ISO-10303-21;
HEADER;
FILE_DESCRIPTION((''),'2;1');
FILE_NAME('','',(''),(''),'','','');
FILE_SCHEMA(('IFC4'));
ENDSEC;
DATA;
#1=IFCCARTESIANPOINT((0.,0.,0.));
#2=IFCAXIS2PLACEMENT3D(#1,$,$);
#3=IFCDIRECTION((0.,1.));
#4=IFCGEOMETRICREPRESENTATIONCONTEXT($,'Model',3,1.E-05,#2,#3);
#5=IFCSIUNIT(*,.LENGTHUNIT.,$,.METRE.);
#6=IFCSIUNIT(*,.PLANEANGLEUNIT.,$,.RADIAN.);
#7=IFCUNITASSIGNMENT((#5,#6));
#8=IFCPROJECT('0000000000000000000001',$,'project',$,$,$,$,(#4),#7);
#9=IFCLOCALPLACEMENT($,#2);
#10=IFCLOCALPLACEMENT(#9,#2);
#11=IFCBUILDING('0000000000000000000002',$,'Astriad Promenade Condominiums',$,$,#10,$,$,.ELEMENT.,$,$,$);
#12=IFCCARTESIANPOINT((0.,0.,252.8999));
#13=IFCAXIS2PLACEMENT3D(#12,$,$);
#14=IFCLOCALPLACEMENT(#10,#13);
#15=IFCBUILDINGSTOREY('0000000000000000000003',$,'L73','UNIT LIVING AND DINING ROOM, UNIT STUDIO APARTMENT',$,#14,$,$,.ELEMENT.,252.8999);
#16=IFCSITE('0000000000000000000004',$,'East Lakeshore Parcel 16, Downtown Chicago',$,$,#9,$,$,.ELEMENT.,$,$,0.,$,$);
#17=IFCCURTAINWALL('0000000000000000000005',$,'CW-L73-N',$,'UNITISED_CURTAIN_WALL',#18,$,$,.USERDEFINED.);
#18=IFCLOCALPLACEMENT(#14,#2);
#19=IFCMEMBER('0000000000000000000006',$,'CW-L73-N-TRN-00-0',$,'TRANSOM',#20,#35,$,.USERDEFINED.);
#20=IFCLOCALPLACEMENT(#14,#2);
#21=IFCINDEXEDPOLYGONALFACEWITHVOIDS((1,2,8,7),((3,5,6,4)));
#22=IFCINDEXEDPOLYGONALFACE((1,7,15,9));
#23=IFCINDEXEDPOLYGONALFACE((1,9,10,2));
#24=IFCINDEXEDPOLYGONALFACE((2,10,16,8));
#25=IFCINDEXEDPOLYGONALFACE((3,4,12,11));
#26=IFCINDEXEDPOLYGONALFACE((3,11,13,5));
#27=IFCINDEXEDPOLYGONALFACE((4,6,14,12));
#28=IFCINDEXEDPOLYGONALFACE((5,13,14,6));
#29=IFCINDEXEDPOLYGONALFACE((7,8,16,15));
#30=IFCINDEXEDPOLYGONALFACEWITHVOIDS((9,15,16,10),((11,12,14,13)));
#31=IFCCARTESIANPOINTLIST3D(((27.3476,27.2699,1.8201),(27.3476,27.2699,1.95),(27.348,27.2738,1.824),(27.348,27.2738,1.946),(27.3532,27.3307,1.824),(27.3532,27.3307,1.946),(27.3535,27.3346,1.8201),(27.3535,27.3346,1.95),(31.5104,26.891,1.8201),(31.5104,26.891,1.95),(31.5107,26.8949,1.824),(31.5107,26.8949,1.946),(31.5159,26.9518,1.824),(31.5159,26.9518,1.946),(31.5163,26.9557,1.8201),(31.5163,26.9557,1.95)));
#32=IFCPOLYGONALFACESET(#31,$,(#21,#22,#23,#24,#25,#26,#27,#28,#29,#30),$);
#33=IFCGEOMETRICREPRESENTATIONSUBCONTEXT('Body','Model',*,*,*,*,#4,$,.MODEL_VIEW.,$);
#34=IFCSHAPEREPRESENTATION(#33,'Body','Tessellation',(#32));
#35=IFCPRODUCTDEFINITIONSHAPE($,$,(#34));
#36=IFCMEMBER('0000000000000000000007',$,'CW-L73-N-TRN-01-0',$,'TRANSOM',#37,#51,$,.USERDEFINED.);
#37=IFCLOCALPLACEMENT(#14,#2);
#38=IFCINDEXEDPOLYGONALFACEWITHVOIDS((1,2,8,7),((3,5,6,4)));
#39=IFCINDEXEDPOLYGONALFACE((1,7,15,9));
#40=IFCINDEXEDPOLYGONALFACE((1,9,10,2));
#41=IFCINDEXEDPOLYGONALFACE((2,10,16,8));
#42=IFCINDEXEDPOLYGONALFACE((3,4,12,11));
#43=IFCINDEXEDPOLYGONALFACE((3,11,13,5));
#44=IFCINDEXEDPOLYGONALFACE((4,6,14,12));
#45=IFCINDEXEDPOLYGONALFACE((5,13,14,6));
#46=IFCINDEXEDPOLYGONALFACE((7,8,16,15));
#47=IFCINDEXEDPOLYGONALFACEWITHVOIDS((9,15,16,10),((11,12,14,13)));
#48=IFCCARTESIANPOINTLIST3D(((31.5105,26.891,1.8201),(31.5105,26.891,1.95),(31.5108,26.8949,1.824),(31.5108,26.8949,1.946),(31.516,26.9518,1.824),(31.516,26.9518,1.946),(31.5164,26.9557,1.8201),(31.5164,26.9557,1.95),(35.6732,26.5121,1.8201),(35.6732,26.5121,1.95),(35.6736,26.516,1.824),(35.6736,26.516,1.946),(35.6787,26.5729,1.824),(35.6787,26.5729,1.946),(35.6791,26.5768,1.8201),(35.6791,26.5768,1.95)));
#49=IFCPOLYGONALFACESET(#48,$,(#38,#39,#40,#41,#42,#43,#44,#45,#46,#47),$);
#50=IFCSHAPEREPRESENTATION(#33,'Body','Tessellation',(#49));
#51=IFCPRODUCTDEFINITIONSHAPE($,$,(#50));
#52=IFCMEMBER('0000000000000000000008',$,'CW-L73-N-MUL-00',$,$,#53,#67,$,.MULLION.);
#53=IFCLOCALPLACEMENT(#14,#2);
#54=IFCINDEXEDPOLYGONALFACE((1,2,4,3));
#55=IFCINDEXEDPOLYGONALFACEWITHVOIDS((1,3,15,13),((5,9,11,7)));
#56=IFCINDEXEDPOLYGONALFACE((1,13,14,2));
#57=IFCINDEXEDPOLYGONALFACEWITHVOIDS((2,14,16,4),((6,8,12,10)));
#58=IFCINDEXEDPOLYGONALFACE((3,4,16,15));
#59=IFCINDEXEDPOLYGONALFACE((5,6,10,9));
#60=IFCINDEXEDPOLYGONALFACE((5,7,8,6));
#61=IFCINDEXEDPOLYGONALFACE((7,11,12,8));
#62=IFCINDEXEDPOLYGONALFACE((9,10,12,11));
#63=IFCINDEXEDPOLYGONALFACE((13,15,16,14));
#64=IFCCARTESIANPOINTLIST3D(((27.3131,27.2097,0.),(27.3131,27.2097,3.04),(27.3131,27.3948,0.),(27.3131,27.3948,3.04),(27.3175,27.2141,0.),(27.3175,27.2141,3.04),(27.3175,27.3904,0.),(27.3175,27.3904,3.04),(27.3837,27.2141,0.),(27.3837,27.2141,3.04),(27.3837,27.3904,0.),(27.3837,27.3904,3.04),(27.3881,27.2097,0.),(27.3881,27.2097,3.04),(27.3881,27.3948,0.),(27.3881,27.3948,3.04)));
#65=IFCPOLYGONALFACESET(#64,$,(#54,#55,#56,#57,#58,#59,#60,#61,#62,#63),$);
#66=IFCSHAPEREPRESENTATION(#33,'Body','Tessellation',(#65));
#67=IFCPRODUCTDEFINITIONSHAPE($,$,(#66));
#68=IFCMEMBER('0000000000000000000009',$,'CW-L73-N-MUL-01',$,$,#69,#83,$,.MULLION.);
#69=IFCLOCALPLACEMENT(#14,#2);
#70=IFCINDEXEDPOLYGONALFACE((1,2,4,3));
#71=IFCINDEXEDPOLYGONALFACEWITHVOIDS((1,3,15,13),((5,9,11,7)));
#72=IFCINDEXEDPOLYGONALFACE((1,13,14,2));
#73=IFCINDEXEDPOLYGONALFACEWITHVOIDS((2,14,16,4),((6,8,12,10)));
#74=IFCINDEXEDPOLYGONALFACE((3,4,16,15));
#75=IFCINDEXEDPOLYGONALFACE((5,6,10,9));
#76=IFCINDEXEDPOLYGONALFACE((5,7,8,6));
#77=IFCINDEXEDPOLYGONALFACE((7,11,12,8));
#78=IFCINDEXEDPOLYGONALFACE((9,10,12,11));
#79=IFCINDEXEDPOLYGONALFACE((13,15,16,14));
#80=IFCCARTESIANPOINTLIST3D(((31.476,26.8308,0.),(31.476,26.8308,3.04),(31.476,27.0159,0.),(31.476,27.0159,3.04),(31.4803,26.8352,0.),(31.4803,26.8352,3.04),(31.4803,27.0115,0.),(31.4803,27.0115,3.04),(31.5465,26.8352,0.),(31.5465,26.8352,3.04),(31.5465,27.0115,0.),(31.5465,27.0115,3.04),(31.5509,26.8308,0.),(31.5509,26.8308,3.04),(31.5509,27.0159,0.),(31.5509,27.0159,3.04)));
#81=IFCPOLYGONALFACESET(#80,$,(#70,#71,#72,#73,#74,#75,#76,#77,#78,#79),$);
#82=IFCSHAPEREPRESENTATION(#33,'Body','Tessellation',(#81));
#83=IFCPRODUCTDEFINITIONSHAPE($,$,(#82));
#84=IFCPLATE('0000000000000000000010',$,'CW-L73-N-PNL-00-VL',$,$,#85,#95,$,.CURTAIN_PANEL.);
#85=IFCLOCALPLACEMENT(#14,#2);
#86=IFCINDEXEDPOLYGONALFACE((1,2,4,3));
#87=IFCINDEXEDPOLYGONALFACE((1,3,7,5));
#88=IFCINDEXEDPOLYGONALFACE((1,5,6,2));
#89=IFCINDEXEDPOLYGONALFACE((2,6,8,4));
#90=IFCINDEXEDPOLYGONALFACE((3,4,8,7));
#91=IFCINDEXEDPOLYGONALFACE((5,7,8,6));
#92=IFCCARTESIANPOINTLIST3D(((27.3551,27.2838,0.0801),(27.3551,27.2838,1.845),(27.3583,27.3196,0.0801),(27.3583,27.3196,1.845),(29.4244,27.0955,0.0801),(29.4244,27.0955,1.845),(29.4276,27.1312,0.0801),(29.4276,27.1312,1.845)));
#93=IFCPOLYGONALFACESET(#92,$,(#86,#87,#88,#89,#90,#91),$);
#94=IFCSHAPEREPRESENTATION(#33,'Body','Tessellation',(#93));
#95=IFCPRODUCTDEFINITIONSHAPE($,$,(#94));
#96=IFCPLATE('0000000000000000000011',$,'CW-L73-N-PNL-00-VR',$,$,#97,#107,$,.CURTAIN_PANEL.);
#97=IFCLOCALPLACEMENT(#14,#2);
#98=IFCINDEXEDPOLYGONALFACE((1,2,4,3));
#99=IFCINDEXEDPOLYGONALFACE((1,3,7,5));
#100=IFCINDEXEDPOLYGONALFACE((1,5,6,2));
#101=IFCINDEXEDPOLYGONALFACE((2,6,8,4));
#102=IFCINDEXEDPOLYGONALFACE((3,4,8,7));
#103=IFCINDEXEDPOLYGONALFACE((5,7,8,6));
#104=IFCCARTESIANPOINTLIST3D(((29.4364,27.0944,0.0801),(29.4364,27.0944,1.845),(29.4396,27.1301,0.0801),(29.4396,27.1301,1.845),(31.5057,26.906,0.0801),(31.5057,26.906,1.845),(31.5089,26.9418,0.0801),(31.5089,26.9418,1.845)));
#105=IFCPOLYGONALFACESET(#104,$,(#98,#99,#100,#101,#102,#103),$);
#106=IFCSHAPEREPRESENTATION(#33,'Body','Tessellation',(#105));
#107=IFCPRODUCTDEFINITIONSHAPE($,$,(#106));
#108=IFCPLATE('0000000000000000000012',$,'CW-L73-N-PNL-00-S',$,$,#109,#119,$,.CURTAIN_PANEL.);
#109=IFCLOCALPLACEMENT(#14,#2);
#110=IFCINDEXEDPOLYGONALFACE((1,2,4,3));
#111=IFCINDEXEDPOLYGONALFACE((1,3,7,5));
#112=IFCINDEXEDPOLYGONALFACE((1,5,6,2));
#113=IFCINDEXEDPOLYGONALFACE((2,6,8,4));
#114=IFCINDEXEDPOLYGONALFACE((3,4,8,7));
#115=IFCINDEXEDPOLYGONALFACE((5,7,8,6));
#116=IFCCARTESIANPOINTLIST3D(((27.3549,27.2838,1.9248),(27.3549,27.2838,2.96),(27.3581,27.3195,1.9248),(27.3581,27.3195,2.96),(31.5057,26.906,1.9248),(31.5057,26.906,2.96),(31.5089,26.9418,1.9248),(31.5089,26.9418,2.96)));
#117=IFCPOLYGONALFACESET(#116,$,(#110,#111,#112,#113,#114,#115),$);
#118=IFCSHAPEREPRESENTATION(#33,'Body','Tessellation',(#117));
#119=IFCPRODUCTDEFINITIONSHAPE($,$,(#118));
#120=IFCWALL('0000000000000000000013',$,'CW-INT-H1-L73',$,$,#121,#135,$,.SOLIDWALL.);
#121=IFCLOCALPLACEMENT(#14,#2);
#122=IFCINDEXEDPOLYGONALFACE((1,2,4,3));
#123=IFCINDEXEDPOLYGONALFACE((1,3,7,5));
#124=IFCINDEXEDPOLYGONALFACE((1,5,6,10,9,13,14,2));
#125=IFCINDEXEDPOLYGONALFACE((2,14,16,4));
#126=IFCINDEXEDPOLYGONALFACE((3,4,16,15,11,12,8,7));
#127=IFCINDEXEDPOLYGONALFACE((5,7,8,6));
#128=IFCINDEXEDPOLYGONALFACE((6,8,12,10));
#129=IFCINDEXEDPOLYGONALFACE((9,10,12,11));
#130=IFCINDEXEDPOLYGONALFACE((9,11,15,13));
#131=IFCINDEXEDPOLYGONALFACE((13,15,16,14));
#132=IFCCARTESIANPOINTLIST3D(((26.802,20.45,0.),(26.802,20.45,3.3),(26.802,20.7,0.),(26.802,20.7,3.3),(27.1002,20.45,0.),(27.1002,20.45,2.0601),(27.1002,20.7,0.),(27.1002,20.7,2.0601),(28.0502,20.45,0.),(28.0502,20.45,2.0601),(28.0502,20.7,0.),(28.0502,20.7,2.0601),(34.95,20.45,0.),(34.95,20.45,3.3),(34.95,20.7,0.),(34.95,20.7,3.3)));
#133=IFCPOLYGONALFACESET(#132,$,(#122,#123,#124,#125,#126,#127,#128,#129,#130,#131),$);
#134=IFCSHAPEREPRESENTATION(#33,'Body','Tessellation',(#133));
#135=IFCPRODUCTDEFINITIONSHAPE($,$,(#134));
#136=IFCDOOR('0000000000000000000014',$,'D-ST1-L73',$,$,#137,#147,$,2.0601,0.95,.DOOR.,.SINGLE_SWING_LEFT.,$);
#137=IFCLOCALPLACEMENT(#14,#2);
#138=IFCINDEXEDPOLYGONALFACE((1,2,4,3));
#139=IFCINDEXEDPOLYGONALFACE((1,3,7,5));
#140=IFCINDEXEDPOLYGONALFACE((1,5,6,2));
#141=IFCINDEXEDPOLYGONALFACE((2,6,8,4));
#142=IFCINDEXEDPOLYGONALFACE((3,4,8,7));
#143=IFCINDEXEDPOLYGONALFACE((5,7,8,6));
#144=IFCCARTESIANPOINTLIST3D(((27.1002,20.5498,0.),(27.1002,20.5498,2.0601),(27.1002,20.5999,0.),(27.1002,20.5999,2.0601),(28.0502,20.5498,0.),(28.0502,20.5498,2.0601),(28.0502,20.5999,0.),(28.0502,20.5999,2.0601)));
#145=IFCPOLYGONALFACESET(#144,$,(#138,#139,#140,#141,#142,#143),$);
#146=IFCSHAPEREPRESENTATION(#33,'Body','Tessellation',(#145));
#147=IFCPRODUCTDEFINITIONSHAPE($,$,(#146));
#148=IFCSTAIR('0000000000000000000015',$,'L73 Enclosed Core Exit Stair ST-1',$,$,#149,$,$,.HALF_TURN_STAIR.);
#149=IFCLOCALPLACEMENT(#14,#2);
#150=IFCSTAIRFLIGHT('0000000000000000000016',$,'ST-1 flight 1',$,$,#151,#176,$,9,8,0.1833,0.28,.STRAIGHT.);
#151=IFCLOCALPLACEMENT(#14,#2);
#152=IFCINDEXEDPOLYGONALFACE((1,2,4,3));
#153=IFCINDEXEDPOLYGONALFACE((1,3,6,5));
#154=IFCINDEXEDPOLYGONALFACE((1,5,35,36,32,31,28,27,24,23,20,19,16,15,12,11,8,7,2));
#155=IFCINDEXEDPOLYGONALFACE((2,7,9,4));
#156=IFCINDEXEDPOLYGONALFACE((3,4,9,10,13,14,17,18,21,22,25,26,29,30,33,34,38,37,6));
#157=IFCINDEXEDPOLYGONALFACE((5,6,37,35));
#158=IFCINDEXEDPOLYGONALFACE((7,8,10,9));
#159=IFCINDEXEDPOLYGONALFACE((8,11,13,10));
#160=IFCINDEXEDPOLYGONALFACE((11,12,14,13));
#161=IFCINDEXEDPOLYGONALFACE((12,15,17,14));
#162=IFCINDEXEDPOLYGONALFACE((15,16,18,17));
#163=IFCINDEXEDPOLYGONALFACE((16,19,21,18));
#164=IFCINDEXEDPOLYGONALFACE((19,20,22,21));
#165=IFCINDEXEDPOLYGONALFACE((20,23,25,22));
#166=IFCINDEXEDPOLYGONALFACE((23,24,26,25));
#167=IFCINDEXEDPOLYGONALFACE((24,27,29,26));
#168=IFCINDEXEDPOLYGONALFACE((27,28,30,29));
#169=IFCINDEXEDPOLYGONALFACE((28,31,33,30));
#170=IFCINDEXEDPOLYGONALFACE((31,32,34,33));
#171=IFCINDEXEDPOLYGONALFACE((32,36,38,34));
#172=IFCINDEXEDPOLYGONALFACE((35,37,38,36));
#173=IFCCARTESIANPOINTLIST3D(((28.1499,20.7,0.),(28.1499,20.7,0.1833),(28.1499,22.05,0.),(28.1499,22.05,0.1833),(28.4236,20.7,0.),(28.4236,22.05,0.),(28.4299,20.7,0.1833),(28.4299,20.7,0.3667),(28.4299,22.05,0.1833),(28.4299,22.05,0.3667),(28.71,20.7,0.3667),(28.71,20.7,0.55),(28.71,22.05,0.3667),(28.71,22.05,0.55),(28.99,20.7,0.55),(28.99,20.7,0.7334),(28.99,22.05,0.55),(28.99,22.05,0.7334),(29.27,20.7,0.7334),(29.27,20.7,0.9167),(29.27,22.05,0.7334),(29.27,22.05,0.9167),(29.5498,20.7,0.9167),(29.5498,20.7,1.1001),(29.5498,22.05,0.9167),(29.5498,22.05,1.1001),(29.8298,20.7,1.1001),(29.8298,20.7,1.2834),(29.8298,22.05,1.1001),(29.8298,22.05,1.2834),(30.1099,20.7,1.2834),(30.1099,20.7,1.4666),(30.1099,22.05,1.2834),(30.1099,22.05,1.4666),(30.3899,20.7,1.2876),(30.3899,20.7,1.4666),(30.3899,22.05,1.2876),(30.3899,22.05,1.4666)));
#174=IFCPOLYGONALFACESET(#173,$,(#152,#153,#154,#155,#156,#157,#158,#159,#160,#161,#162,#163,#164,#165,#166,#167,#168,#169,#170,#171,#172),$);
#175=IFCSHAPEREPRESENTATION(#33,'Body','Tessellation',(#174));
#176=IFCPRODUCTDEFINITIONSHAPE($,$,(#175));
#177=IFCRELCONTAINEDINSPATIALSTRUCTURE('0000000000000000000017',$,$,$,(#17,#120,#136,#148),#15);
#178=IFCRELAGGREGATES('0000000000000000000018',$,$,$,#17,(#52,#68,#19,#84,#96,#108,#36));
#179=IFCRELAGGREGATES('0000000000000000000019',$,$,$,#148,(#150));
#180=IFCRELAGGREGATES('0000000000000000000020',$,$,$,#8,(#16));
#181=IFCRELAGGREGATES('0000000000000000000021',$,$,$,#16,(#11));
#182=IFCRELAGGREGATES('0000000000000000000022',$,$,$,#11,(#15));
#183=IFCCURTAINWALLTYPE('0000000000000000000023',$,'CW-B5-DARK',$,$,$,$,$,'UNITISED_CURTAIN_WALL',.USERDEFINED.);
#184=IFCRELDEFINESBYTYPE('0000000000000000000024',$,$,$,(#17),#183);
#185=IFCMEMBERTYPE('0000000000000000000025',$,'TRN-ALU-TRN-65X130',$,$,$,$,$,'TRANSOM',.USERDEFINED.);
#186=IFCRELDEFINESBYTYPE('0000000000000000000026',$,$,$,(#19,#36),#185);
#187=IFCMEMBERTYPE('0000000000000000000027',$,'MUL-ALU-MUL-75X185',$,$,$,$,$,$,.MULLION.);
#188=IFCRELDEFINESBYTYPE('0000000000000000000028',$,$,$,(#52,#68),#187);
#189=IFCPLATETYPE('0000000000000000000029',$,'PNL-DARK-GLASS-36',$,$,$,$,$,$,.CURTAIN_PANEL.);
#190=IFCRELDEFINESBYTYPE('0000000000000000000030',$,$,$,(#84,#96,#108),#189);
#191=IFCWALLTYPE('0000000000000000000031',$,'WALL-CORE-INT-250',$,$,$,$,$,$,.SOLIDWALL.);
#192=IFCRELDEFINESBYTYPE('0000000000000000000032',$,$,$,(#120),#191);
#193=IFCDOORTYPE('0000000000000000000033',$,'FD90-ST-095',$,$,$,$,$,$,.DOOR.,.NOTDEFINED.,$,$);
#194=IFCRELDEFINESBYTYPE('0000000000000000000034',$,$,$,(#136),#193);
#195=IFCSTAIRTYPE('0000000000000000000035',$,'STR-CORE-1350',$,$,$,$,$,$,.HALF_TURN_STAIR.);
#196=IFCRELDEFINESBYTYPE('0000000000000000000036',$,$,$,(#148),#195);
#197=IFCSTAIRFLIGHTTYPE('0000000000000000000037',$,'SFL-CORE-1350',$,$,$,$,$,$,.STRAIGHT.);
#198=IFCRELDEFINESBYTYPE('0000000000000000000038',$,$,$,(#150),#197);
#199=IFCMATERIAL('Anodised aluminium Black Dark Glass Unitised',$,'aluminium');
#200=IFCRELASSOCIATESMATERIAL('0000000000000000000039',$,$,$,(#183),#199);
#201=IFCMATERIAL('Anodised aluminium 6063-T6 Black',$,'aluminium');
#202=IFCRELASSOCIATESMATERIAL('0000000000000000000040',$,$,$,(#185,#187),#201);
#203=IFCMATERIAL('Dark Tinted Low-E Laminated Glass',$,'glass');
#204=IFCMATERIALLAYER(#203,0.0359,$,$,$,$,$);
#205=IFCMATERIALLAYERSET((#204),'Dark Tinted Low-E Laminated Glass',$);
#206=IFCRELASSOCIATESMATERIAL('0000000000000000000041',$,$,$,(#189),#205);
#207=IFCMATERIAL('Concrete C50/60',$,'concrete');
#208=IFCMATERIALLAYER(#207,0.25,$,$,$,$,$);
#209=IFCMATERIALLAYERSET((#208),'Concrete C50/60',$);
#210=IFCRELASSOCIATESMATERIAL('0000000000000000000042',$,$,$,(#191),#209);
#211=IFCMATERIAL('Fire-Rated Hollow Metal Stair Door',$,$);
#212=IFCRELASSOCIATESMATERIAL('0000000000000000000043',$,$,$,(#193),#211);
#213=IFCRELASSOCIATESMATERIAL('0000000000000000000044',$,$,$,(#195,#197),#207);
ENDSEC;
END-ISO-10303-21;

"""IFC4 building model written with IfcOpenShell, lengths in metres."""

from ifc_helpers import new_model, si_unit, direction, frame, frame_2d, origin, origin_2d, place, context, subcontext, project, spatial, polyline, rectangle, hollow_rectangle, outline, extrude, source, transform, mapped, material, layer, layer_set, material_profile, profile_set, type_object, type_shapes, element, fill, aggregate, save


model = new_model("IFC4")

# Units and contexts
model_context = context("Model", 3, precision=1e-05, world=origin(), true_north=direction((0.0, 1.0)))
body_context = subcontext(model_context, "Body", "Model", "MODEL_VIEW")
ifc_project = project(units=[si_unit("LENGTHUNIT", "METRE"), si_unit("PLANEANGLEUNIT", "RADIAN")], contexts=[model_context])

# Site, building, storey
site_placement = place(None, origin())
site = spatial("IfcSite", under=ifc_project, at=site_placement, Name="East Lakeshore Parcel 16, Downtown Chicago", CompositionType="ELEMENT", RefElevation=0.0)
building_placement = place(site_placement, origin())
building = spatial("IfcBuilding", under=site, at=building_placement, Name="Astriad Promenade Condominiums", CompositionType="ELEMENT")
storey_placement = place(building_placement, frame((0.0, 0.0, 252.8999)))
storey = spatial("IfcBuildingStorey", under=building, at=storey_placement, Name="L73", Description="UNIT LIVING AND DINING ROOM, UNIT STUDIO APARTMENT", CompositionType="ELEMENT", Elevation=252.8999)

# Curtain wall, members, plates
ifc_material_1 = material(Name="Anodised aluminium Black Dark Glass Unitised", Category="aluminium")
curtain_wall_type = type_object("IfcCurtainWallType", Name="CW-B5-DARK", ElementType="UNITISED_CURTAIN_WALL", PredefinedType="USERDEFINED", material=ifc_material_1)
curtain_wall_placement = place(storey_placement, origin())
curtain_wall = element("IfcCurtainWall", 1, at=curtain_wall_placement, inside=storey, type_object=curtain_wall_type, Name="CW-L73-N", ObjectType="UNITISED_CURTAIN_WALL", PredefinedType="USERDEFINED")
ifc_material_2 = material(Name="Anodised aluminium 6063-T6 Black", Category="aluminium")
ifc_material_profile_1 = material_profile(ifc_material_2, hollow_rectangle(XDim=0.0649, YDim=0.1299, WallThickness=0.0039, at=origin_2d()), Name="ALU-TRN-65X130")
ifc_profile_set_1 = profile_set([ifc_material_profile_1], Name="Anodised aluminium 6063-T6 Black")
member_type_1 = type_object("IfcMemberType", Name="TRN-ALU-TRN-65X130", ElementType="TRANSOM", PredefinedType="USERDEFINED", material=ifc_profile_set_1)
shared_shape_1 = source(origin(), body_context, "Body", "SweptSolid", [
    extrude(hollow_rectangle(XDim=0.0649, YDim=0.1299, WallThickness=0.0039, at=origin_2d()), origin(), (0.0, 0.0, 1.0), 4.1799),
])
type_shapes(member_type_1, [shared_shape_1])
member_1_placement = place(storey_placement, frame((27.3506, 27.3022, 1.885), z_axis=(0.995883, -0.090646, 0.0), x_axis=(0.090646, 0.995883, 0.0)))
member_1 = element("IfcMember", 2, at=member_1_placement, type_object=member_type_1, Name="CW-L73-N-TRN-00-0", ObjectType="TRANSOM", PredefinedType="USERDEFINED", context=body_context, shape_type="MappedRepresentation", body=[
    mapped(shared_shape_1, transform((0.0, 0.0, 0.0), scale=1.0)),
])
member_2_placement = place(storey_placement, frame((31.5134, 26.9233, 1.885), z_axis=(0.995883, -0.090646, 0.0), x_axis=(0.090646, 0.995883, 0.0)))
member_2 = element("IfcMember", 3, at=member_2_placement, type_object=member_type_1, Name="CW-L73-N-TRN-01-0", ObjectType="TRANSOM", PredefinedType="USERDEFINED", context=body_context, shape_type="MappedRepresentation", body=[
    mapped(shared_shape_1, transform((0.0, 0.0, 0.0), scale=1.0)),
])
ifc_material_profile_2 = material_profile(ifc_material_2, hollow_rectangle(XDim=0.075, YDim=0.1851, WallThickness=0.0044, at=origin_2d()), Name="ALU-MUL-75X185")
ifc_profile_set_2 = profile_set([ifc_material_profile_2], Name="Anodised aluminium 6063-T6 Black")
member_type_2 = type_object("IfcMemberType", Name="MUL-ALU-MUL-75X185", PredefinedType="MULLION", material=ifc_profile_set_2)
shared_shape_2 = source(origin(), body_context, "Body", "SweptSolid", [
    extrude(hollow_rectangle(XDim=0.075, YDim=0.1851, WallThickness=0.0044, at=origin_2d()), origin(), (0.0, 0.0, 1.0), 3.04),
])
type_shapes(member_type_2, [shared_shape_2])
member_3_placement = place(storey_placement, frame((27.3506, 27.3022, 0.0), z_axis=(0.0, 0.0, 1.0), x_axis=(1.0, 0.0, 0.0)))
member_3 = element("IfcMember", 4, at=member_3_placement, type_object=member_type_2, Name="CW-L73-N-MUL-00", PredefinedType="MULLION", context=body_context, shape_type="MappedRepresentation", body=[
    mapped(shared_shape_2, transform((0.0, 0.0, 0.0), scale=1.0)),
])
member_4_placement = place(storey_placement, frame((31.5134, 26.9233, 0.0), z_axis=(0.0, 0.0, 1.0), x_axis=(1.0, 0.0, 0.0)))
member_4 = element("IfcMember", 5, at=member_4_placement, type_object=member_type_2, Name="CW-L73-N-MUL-01", PredefinedType="MULLION", context=body_context, shape_type="MappedRepresentation", body=[
    mapped(shared_shape_2, transform((0.0, 0.0, 0.0), scale=1.0)),
])
ifc_material_3 = material(Name="Dark Tinted Low-E Laminated Glass", Category="glass")
ifc_layer_1 = layer(ifc_material_3, 0.0359)
ifc_layer_set_1 = layer_set([ifc_layer_1], Name="Dark Tinted Low-E Laminated Glass")
plate_type = type_object("IfcPlateType", Name="PNL-DARK-GLASS-36", PredefinedType="CURTAIN_PANEL", material=ifc_layer_set_1)
shared_shape_3 = source(origin(), body_context, "Body", "SweptSolid", [
    extrude(rectangle(XDim=2.0779, YDim=0.0359, at=origin_2d()), origin(), (0.0, 0.0, 1.0), 1.7649),
])
plate_1_placement = place(storey_placement, frame((28.3914, 27.2075, 0.0801), z_axis=(0.0, 0.0, 1.0), x_axis=(0.995884, -0.090633, 0.0)))
plate_1 = element("IfcPlate", 6, at=plate_1_placement, type_object=plate_type, Name="CW-L73-N-PNL-00-VL", PredefinedType="CURTAIN_PANEL", context=body_context, shape_type="MappedRepresentation", body=[
    mapped(shared_shape_3, transform((0.0, 0.0, 0.0), scale=1.0)),
])
plate_2_placement = place(storey_placement, frame((30.4727, 27.0181, 0.0801), z_axis=(0.0, 0.0, 1.0), x_axis=(0.995884, -0.090633, 0.0)))
plate_2 = element("IfcPlate", 7, at=plate_2_placement, type_object=plate_type, Name="CW-L73-N-PNL-00-VR", PredefinedType="CURTAIN_PANEL", context=body_context, shape_type="MappedRepresentation", body=[
    mapped(shared_shape_3, transform((0.0, 0.0, 0.0), scale=1.0)),
])
shared_shape_4 = source(origin(), body_context, "Body", "SweptSolid", [
    extrude(rectangle(XDim=4.168, YDim=0.0359, at=origin_2d()), origin(), (0.0, 0.0, 1.0), 1.0352),
])
type_shapes(plate_type, [shared_shape_3, shared_shape_4])
plate_3_placement = place(storey_placement, frame((29.4319, 27.1128, 1.9248), z_axis=(0.0, 0.0, 1.0), x_axis=(0.995884, -0.090633, 0.0)))
plate_3 = element("IfcPlate", 8, at=plate_3_placement, type_object=plate_type, Name="CW-L73-N-PNL-00-S", PredefinedType="CURTAIN_PANEL", context=body_context, shape_type="MappedRepresentation", body=[
    mapped(shared_shape_4, transform((0.0, 0.0, 0.0), scale=1.0)),
])
aggregate(curtain_wall, [member_3, member_4, member_1, plate_1, plate_2, plate_3, member_2])

# Wall, opening, door
ifc_material_4 = material(Name="Concrete C50/60", Category="concrete")
ifc_layer_2 = layer(ifc_material_4, 0.25)
ifc_layer_set_2 = layer_set([ifc_layer_2], Name="Concrete C50/60")
wall_type = type_object("IfcWallType", Name="WALL-CORE-INT-250", PredefinedType="SOLIDWALL", material=ifc_layer_set_2)
wall_placement = place(storey_placement, frame((26.802, 20.575, 0.0), z_axis=(0.0, 0.0, 1.0), x_axis=(1.0, 0.0, 0.0)))
wall = element("IfcWall", 9, at=wall_placement, inside=storey, type_object=wall_type, Name="CW-INT-H1-L73", PredefinedType="SOLIDWALL", context=body_context, shape_type="SweptSolid", body=[
    extrude(rectangle(XDim=8.1479, YDim=0.25, at=frame_2d((4.074, 0.0))), origin(), (0.0, 0.0, 1.0), 3.3),
])
opening_placement = place(wall_placement, frame((0.2981, 0.0, 0.0)))
opening = element("IfcOpeningElement", 10, at=opening_placement, cuts=wall, PredefinedType="OPENING", context=body_context, shape_type="SweptSolid", body=[
    extrude(rectangle(XDim=0.95, YDim=2.0601, at=frame_2d((0.4751, 1.03))), frame((0.0, 0.135, 0.0), z_axis=(0.0, -1.0, 0.0), x_axis=(1.0, 0.0, 0.0)), (0.0, 0.0, 1.0), 0.27),
])
ifc_material_5 = material(Name="Fire-Rated Hollow Metal Stair Door")
door_type = type_object("IfcDoorType", Name="FD90-ST-095", OperationType="NOTDEFINED", PredefinedType="DOOR", material=ifc_material_5)
shared_shape_5 = source(origin(), body_context, "Body", "SweptSolid", [
    extrude(rectangle(XDim=0.95, YDim=2.0601, at=frame_2d((0.4751, 1.03))), frame((0.0, 0.0249, 0.0), z_axis=(0.0, -1.0, 0.0), x_axis=(1.0, 0.0, 0.0)), (0.0, 0.0, 1.0), 0.05),
])
type_shapes(door_type, [shared_shape_5])
door_placement = place(opening_placement, origin())
door = element("IfcDoor", 11, at=door_placement, inside=storey, type_object=door_type, Name="D-ST1-L73", OperationType="SINGLE_SWING_LEFT", OverallHeight=2.0601, OverallWidth=0.95, PredefinedType="DOOR", context=body_context, shape_type="MappedRepresentation", body=[
    mapped(shared_shape_5, transform((0.0, 0.0, 0.0), scale=1.0)),
])
fill(opening, door)

# Stair, stair flight
stair_type = type_object("IfcStairType", Name="STR-CORE-1350", PredefinedType="HALF_TURN_STAIR", material=ifc_material_4)
stair_placement = place(storey_placement, origin())
stair = element("IfcStair", 12, at=stair_placement, inside=storey, type_object=stair_type, Name="L73 Enclosed Core Exit Stair ST-1", PredefinedType="HALF_TURN_STAIR")
stair_flight_type = type_object("IfcStairFlightType", Name="SFL-CORE-1350", PredefinedType="STRAIGHT", material=ifc_material_4)
shared_shape_6 = source(origin(), body_context, "Body", "SweptSolid", [
    extrude(outline(polyline([(0.0, 0.0), (0.0, 0.1833), (0.28, 0.1833), (0.28, 0.3667), (0.5601, 0.3667), (0.5601, 0.55), (0.8401, 0.55), (0.8401, 0.7334), (1.1201, 0.7334), (1.1201, 0.9167), (1.3999, 0.9167), (1.3999, 1.1001), (1.6799, 1.1001), (1.6799, 1.2834), (1.96, 1.2834), (1.96, 1.4666), (2.24, 1.4666), (2.24, 1.6499), (2.24, 1.2876), (0.2737, 0.0), (0.0, 0.0)])), frame((0.0, 0.675, 0.0), z_axis=(0.0, -1.0, 0.0), x_axis=(1.0, 0.0, 0.0)), (0.0, 0.0, 1.0), 1.3501),
])
type_shapes(stair_flight_type, [shared_shape_6])
stair_flight_1_placement = place(storey_placement, frame((28.1499, 21.375, 0.0), z_axis=(0.0, 0.0, 1.0), x_axis=(1.0, 0.0, 0.0)))
stair_flight_1 = element("IfcStairFlight", 13, at=stair_flight_1_placement, type_object=stair_flight_type, Name="ST-1 flight 1", NumberOfRisers=9, NumberOfTreads=8, PredefinedType="STRAIGHT", RiserHeight=0.1833, TreadLength=0.28, context=body_context, shape_type="MappedRepresentation", body=[
    mapped(shared_shape_6, transform((0.0, 0.0, 0.0), scale=1.0)),
])
aggregate(stair, [stair_flight_1])

save(model, "model.ifc")
